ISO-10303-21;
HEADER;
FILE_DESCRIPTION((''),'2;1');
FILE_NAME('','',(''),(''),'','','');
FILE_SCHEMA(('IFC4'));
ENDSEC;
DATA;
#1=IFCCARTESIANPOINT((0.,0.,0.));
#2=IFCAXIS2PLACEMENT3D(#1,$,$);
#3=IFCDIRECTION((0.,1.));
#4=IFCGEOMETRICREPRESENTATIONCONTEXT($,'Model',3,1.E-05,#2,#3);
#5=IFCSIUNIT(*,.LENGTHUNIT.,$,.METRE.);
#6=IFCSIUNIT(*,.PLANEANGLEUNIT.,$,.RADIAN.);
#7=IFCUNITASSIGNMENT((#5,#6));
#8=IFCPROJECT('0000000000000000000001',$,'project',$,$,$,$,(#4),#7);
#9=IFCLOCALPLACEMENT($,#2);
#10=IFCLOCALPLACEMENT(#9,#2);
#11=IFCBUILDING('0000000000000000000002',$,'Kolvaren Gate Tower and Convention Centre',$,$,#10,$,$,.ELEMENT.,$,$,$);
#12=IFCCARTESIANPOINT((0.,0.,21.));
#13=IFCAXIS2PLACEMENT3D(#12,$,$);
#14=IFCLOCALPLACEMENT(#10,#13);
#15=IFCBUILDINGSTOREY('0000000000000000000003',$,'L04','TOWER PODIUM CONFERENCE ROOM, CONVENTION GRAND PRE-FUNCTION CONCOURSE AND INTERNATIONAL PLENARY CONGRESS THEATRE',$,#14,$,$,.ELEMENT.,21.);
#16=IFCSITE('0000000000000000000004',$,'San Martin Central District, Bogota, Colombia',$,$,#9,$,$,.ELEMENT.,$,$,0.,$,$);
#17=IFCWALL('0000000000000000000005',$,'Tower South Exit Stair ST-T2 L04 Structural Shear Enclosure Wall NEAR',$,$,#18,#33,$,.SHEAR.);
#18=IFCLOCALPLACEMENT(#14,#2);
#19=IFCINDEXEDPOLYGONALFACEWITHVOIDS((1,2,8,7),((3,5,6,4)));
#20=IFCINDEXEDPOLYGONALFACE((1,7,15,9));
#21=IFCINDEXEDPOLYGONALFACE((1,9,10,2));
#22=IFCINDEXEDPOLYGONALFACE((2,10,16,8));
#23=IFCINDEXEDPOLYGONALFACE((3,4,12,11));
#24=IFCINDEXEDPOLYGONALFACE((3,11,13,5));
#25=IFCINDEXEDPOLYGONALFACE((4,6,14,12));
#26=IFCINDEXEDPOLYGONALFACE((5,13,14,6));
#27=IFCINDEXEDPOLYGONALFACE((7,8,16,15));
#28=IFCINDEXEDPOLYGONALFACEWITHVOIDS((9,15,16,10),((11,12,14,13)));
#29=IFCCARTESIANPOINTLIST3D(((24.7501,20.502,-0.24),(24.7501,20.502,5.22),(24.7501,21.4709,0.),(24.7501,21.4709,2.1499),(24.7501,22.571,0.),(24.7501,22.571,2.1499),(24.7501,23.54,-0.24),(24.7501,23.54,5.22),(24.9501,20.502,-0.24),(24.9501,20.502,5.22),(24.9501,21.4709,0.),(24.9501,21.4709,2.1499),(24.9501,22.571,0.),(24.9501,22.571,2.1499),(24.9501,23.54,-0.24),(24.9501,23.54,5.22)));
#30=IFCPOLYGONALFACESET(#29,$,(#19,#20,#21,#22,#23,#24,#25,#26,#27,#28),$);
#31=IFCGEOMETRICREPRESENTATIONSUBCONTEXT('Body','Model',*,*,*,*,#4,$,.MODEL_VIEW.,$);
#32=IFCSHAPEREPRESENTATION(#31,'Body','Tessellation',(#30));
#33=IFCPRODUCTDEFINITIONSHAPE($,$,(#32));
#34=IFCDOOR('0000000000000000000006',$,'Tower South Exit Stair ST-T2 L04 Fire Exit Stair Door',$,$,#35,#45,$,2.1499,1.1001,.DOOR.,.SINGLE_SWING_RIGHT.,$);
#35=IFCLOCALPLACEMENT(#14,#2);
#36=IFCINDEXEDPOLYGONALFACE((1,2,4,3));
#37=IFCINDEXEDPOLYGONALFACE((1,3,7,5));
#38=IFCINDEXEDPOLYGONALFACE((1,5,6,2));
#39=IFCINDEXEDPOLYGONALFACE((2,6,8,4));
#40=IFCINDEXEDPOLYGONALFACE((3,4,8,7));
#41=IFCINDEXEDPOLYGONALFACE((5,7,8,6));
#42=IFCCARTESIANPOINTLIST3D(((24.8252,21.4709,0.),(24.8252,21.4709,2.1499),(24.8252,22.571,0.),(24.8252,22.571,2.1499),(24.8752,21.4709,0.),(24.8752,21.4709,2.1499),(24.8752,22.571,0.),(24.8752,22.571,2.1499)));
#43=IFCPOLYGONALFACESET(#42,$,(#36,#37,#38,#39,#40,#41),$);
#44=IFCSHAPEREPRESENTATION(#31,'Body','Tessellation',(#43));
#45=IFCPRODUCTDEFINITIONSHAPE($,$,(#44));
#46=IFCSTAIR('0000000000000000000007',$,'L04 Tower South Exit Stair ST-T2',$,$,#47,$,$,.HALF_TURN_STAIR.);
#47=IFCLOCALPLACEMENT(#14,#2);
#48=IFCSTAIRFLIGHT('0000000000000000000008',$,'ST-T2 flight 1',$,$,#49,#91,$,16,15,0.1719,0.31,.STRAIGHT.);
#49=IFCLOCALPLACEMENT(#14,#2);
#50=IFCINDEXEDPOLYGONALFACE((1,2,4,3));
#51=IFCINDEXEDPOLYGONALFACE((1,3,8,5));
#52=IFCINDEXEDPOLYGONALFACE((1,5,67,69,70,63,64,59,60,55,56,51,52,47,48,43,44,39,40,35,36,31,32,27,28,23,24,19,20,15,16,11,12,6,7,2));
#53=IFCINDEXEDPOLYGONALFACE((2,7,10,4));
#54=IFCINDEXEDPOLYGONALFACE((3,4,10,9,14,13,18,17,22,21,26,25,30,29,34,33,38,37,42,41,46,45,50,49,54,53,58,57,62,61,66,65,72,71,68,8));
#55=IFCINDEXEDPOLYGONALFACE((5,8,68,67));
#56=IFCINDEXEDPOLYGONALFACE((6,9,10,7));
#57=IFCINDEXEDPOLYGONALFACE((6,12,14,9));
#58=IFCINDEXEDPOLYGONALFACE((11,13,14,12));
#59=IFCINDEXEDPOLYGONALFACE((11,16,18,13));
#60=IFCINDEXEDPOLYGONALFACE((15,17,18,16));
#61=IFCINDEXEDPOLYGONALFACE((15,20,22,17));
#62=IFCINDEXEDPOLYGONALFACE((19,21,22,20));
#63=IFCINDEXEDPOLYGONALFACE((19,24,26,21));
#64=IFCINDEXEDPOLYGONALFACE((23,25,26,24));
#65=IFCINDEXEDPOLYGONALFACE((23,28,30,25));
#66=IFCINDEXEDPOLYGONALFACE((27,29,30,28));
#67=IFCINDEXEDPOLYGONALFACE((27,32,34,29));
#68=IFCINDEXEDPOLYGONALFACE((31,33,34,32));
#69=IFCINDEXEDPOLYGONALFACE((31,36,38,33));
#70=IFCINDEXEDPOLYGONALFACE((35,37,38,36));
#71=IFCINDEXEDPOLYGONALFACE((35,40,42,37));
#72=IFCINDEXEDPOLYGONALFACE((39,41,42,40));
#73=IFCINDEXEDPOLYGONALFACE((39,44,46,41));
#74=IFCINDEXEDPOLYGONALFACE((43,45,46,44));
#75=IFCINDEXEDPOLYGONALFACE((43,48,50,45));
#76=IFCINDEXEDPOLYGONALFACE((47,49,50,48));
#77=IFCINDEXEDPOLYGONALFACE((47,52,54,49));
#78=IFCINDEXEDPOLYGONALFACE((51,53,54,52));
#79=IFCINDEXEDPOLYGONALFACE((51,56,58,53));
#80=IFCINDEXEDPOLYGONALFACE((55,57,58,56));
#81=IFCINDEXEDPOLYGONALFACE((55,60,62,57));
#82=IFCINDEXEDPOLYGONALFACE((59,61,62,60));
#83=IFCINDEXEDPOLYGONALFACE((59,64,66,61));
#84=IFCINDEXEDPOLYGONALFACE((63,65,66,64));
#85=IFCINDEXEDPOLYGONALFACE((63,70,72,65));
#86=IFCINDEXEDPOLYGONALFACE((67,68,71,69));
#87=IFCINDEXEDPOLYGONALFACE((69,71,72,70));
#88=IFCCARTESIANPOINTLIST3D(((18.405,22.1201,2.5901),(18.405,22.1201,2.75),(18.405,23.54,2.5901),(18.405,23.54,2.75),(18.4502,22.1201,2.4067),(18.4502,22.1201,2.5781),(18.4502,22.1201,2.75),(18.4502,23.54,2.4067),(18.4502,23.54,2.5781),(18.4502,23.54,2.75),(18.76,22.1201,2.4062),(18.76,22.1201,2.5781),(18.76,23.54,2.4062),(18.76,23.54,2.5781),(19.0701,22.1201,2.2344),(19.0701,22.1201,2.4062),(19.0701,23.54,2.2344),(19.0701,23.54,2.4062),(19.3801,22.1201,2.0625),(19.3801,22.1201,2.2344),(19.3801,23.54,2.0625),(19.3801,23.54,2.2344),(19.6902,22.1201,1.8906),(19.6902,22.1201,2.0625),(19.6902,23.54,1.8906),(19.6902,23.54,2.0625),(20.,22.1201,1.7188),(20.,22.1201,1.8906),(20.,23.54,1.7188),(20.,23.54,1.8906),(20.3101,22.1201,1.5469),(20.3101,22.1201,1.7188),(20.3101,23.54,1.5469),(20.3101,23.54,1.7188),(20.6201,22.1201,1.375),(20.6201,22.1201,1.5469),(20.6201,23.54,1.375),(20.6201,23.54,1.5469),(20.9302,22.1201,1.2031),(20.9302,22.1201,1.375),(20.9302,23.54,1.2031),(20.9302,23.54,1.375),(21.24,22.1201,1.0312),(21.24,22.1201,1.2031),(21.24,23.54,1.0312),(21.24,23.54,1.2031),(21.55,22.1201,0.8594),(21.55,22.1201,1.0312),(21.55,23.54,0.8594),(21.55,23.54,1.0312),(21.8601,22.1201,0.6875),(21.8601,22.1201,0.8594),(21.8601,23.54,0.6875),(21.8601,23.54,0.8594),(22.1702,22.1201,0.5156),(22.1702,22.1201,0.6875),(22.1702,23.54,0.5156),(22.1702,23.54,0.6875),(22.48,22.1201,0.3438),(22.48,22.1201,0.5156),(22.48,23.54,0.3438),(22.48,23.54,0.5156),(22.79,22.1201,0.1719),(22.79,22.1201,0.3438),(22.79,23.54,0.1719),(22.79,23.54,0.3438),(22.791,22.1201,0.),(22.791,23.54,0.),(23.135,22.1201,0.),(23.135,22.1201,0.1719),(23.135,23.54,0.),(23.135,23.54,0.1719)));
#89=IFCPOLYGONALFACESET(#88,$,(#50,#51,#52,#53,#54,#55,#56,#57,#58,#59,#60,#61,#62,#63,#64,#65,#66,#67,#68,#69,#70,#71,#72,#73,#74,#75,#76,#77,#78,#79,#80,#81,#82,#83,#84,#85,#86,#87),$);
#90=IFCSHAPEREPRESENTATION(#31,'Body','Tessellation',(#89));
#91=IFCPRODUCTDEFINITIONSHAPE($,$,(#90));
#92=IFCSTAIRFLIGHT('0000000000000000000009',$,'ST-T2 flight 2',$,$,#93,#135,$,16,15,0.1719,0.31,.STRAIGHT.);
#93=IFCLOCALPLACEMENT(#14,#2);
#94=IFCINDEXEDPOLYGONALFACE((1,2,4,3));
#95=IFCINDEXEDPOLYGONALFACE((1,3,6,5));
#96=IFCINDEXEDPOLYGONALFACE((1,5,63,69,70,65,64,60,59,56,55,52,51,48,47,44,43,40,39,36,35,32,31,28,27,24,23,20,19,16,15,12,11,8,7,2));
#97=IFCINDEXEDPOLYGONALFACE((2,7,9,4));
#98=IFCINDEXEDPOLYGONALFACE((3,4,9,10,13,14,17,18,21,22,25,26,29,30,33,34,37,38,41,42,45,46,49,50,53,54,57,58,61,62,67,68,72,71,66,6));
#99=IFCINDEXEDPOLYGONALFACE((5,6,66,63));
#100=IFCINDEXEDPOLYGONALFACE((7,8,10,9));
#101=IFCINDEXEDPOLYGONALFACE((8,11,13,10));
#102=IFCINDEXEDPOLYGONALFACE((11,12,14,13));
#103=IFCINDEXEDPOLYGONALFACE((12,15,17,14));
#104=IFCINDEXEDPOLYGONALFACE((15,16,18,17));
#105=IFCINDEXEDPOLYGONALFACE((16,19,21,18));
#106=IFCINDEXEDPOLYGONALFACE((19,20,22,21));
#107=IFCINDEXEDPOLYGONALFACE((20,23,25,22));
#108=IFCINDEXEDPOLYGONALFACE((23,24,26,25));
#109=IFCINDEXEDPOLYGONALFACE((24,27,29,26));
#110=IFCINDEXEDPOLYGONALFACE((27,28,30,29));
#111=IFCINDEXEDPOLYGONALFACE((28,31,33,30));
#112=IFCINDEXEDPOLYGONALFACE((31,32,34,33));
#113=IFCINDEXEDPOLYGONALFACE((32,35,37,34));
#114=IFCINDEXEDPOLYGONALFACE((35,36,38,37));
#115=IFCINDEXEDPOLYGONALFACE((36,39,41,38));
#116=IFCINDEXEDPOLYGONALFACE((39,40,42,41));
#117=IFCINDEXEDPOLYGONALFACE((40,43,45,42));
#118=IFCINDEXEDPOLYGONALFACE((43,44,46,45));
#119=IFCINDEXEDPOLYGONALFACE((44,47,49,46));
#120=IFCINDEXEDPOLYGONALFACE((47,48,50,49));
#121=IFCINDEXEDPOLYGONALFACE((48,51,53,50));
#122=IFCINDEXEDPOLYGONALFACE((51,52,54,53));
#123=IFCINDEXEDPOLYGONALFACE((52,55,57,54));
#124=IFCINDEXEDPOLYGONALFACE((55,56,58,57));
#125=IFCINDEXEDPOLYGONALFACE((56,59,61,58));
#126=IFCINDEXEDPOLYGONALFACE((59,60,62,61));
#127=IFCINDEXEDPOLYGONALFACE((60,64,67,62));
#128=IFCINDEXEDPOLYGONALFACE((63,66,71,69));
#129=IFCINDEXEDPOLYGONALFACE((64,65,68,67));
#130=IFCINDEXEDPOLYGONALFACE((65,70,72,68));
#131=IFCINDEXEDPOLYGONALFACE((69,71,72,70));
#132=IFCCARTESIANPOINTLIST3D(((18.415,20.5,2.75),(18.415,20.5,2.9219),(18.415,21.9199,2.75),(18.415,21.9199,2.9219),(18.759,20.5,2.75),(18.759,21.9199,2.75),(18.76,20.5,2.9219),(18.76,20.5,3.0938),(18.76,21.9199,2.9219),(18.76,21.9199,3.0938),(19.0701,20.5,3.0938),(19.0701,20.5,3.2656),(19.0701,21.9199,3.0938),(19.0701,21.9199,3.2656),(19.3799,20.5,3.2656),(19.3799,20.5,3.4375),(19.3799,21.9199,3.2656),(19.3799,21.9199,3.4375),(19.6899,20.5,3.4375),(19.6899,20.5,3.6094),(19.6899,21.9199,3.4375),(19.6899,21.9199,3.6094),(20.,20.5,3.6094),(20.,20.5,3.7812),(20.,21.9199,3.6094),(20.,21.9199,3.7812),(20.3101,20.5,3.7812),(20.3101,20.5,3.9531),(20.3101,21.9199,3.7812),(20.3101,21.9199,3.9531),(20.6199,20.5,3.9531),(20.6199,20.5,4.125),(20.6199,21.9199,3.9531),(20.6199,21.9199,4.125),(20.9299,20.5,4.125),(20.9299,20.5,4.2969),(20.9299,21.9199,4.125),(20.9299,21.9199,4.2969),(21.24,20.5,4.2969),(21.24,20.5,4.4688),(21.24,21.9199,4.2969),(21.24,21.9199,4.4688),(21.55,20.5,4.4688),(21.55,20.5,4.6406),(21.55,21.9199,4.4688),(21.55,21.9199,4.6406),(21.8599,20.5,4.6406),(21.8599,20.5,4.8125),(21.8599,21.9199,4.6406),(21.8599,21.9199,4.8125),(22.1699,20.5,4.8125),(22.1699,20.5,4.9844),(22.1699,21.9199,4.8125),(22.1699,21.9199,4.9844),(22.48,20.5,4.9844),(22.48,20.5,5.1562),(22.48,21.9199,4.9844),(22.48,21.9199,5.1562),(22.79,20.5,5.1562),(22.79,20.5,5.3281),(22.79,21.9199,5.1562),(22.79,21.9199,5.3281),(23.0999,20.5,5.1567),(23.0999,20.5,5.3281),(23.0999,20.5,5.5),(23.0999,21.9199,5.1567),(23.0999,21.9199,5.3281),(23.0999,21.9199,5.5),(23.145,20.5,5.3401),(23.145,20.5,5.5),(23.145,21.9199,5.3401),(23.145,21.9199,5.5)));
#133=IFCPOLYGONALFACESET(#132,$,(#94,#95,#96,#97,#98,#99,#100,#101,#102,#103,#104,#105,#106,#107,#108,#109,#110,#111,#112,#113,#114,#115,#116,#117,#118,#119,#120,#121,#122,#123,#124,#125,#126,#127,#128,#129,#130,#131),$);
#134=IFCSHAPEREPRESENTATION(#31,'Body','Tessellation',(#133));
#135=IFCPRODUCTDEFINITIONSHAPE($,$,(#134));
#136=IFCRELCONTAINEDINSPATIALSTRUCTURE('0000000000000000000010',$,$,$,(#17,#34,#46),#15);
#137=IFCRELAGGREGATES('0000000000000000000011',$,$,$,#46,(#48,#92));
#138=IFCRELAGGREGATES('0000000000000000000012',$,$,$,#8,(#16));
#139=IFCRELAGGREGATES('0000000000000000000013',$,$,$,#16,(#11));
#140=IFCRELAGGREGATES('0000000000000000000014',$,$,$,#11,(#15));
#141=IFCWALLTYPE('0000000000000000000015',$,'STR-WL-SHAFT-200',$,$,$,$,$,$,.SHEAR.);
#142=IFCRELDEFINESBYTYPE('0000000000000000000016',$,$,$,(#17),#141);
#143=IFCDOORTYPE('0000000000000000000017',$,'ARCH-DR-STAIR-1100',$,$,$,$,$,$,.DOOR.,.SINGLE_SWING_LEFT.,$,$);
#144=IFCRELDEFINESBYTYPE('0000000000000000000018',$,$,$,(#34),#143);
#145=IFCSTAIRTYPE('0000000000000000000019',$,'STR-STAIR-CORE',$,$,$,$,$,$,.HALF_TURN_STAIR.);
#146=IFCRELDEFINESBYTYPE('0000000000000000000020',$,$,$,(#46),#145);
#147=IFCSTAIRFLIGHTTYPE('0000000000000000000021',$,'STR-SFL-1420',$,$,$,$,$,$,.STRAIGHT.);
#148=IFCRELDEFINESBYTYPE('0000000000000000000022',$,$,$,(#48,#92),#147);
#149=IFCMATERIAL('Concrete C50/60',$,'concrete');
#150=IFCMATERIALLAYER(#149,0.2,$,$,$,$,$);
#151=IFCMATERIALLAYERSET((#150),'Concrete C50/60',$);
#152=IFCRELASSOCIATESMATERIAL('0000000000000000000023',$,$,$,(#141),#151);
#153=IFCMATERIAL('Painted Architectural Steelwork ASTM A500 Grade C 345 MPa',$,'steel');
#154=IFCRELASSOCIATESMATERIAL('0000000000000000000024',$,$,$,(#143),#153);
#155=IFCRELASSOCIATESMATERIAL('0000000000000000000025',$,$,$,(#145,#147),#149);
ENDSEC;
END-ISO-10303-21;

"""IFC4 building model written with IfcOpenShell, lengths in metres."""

from ifc_helpers import new_model, si_unit, direction, frame, frame_2d, origin, place, context, subcontext, project, spatial, polyline, rectangle, outline, extrude, material, layer, layer_set, type_object, element, fill, aggregate, save


model = new_model("IFC4")

# Units and contexts
model_context = context("Model", 3, precision=1e-05, world=origin(), true_north=direction((0.0, 1.0)))
body_context = subcontext(model_context, "Body", "Model", "MODEL_VIEW")
ifc_project = project(units=[si_unit("LENGTHUNIT", "METRE"), si_unit("PLANEANGLEUNIT", "RADIAN")], contexts=[model_context])

# Site, building, storey
site_placement = place(None, origin())
site = spatial("IfcSite", under=ifc_project, at=site_placement, Name="San Martin Central District, Bogota, Colombia", CompositionType="ELEMENT", RefElevation=0.0)
building_placement = place(site_placement, origin())
building = spatial("IfcBuilding", under=site, at=building_placement, Name="Kolvaren Gate Tower and Convention Centre", CompositionType="ELEMENT")
storey_placement = place(building_placement, frame((0.0, 0.0, 21.0)))
storey = spatial("IfcBuildingStorey", under=building, at=storey_placement, Name="L04", Description="TOWER PODIUM CONFERENCE ROOM, CONVENTION GRAND PRE-FUNCTION CONCOURSE AND INTERNATIONAL PLENARY CONGRESS THEATRE", CompositionType="ELEMENT", Elevation=21.0)

# Wall, opening, door
ifc_material_1 = material(Name="Concrete C50/60", Category="concrete")
ifc_layer_1 = layer(ifc_material_1, 0.2)
ifc_layer_set_1 = layer_set([ifc_layer_1], Name="Concrete C50/60")
wall_type_1 = type_object("IfcWallType", Name="STR-WL-SHAFT-200", PredefinedType="SHEAR", material=ifc_layer_set_1)
wall_1_placement = place(storey_placement, frame((24.8501, 20.502, -0.24), z_axis=(0.0, 0.0, 1.0), x_axis=(0.0, 1.0, 0.0)))
wall_1 = element("IfcWall", 1, at=wall_1_placement, inside=storey, type_object=wall_type_1, Name="Tower South Exit Stair ST-T2 L04 Structural Shear Enclosure Wall NEAR", PredefinedType="SHEAR", context=body_context, shape_type="SweptSolid", body=[
    extrude(rectangle(XDim=3.0381, YDim=0.2, at=frame_2d((1.519, 0.0))), origin(), (0.0, 0.0, 1.0), 5.46),
])
opening_1_placement = place(wall_1_placement, frame((0.969, 0.0, 0.24)))
opening_1 = element("IfcOpeningElement", 2, at=opening_1_placement, cuts=wall_1, PredefinedType="OPENING", context=body_context, shape_type="SweptSolid", body=[
    extrude(rectangle(XDim=1.1001, YDim=2.1499, at=frame_2d((0.55, 1.075))), frame((0.0, 0.1099, 0.0), z_axis=(0.0, -1.0, 0.0), x_axis=(1.0, 0.0, 0.0)), (0.0, 0.0, 1.0), 0.22),
])
ifc_material_2 = material(Name="Painted Architectural Steelwork ASTM A500 Grade C 345 MPa", Category="steel")
door_type_1 = type_object("IfcDoorType", Name="ARCH-DR-STAIR-1100", OperationType="SINGLE_SWING_LEFT", PredefinedType="DOOR", material=ifc_material_2)
door_1_placement = place(opening_1_placement, origin())
door_1 = element("IfcDoor", 3, at=door_1_placement, inside=storey, type_object=door_type_1, Name="Tower South Exit Stair ST-T2 L04 Fire Exit Stair Door", OperationType="SINGLE_SWING_RIGHT", OverallHeight=2.1499, OverallWidth=1.1001, PredefinedType="DOOR", context=body_context, shape_type="SweptSolid", body=[
    extrude(rectangle(XDim=1.1001, YDim=2.1499, at=frame_2d((0.55, 1.075))), frame((0.0, 0.0249, 0.0), z_axis=(0.0, -1.0, 0.0), x_axis=(1.0, 0.0, 0.0)), (0.0, 0.0, 1.0), 0.05),
])
fill(opening_1, door_1)

# Stair, stair flights
stair_type = type_object("IfcStairType", Name="STR-STAIR-CORE", PredefinedType="HALF_TURN_STAIR", material=ifc_material_1)
stair_placement = place(storey_placement, origin())
stair = element("IfcStair", 4, at=stair_placement, inside=storey, type_object=stair_type, Name="L04 Tower South Exit Stair ST-T2", PredefinedType="HALF_TURN_STAIR")
stair_flight_type = type_object("IfcStairFlightType", Name="STR-SFL-1420", PredefinedType="STRAIGHT", material=ifc_material_1)
stair_flight_1_placement = place(storey_placement, frame((23.1001, 22.8301, 0.0), z_axis=(0.0, 0.0, 1.0), x_axis=(-1.0, 0.0, 0.0)))
stair_flight_1 = element("IfcStairFlight", 5, at=stair_flight_1_placement, type_object=stair_flight_type, Name="ST-T2 flight 1", NumberOfRisers=16, NumberOfTreads=15, PredefinedType="STRAIGHT", RiserHeight=0.1719, TreadLength=0.31, context=body_context, shape_type="SweptSolid", body=[
    extrude(outline(polyline([(-0.0349, 0.0), (-0.0349, 0.1719), (0.3101, 0.1719), (0.3101, 0.3438), (0.6201, 0.3438), (0.6201, 0.5156), (0.9299, 0.5156), (0.9299, 0.6875), (1.24, 0.6875), (1.24, 0.8594), (1.55, 0.8594), (1.55, 1.0312), (1.8601, 1.0312), (1.8601, 1.2031), (2.1699, 1.2031), (2.1699, 1.375), (2.48, 1.375), (2.48, 1.5469), (2.79, 1.5469), (2.79, 1.7188), (3.1001, 1.7188), (3.1001, 1.8906), (3.4099, 1.8906), (3.4099, 2.0625), (3.72, 2.0625), (3.72, 2.2344), (4.03, 2.2344), (4.03, 2.4062), (4.3401, 2.4062), (4.3401, 2.5781), (4.6499, 2.5781), (4.6499, 2.75), (4.6951, 2.75), (4.6951, 2.5901), (4.6499, 2.4067), (0.3091, 0.0), (-0.0349, 0.0)])), frame((0.0, 0.71, 0.0), z_axis=(0.0, -1.0, 0.0), x_axis=(1.0, 0.0, 0.0)), (0.0, 0.0, 1.0), 1.4199),
])
stair_flight_2_placement = place(storey_placement, frame((18.45, 21.21, 2.75), z_axis=(0.0, 0.0, 1.0), x_axis=(1.0, 0.0, 0.0)))
stair_flight_2 = element("IfcStairFlight", 6, at=stair_flight_2_placement, type_object=stair_flight_type, Name="ST-T2 flight 2", NumberOfRisers=16, NumberOfTreads=15, PredefinedType="STRAIGHT", RiserHeight=0.1719, TreadLength=0.31, context=body_context, shape_type="SweptSolid", body=[
    extrude(outline(polyline([(-0.0349, 0.0), (-0.0349, 0.1719), (0.3101, 0.1719), (0.3101, 0.3438), (0.6201, 0.3438), (0.6201, 0.5156), (0.9299, 0.5156), (0.9299, 0.6875), (1.24, 0.6875), (1.24, 0.8594), (1.55, 0.8594), (1.55, 1.0312), (1.8601, 1.0312), (1.8601, 1.2031), (2.1699, 1.2031), (2.1699, 1.375), (2.48, 1.375), (2.48, 1.5469), (2.79, 1.5469), (2.79, 1.7188), (3.1001, 1.7188), (3.1001, 1.8906), (3.4099, 1.8906), (3.4099, 2.0625), (3.72, 2.0625), (3.72, 2.2344), (4.03, 2.2344), (4.03, 2.4062), (4.3401, 2.4062), (4.3401, 2.5781), (4.6499, 2.5781), (4.6499, 2.75), (4.6951, 2.75), (4.6951, 2.5901), (4.6499, 2.4067), (0.3091, 0.0), (-0.0349, 0.0)])), frame((0.0, 0.71, 0.0), z_axis=(0.0, -1.0, 0.0), x_axis=(1.0, 0.0, 0.0)), (0.0, 0.0, 1.0), 1.4199),
])
aggregate(stair, [stair_flight_1, stair_flight_2])

save(model, "model.ifc")
